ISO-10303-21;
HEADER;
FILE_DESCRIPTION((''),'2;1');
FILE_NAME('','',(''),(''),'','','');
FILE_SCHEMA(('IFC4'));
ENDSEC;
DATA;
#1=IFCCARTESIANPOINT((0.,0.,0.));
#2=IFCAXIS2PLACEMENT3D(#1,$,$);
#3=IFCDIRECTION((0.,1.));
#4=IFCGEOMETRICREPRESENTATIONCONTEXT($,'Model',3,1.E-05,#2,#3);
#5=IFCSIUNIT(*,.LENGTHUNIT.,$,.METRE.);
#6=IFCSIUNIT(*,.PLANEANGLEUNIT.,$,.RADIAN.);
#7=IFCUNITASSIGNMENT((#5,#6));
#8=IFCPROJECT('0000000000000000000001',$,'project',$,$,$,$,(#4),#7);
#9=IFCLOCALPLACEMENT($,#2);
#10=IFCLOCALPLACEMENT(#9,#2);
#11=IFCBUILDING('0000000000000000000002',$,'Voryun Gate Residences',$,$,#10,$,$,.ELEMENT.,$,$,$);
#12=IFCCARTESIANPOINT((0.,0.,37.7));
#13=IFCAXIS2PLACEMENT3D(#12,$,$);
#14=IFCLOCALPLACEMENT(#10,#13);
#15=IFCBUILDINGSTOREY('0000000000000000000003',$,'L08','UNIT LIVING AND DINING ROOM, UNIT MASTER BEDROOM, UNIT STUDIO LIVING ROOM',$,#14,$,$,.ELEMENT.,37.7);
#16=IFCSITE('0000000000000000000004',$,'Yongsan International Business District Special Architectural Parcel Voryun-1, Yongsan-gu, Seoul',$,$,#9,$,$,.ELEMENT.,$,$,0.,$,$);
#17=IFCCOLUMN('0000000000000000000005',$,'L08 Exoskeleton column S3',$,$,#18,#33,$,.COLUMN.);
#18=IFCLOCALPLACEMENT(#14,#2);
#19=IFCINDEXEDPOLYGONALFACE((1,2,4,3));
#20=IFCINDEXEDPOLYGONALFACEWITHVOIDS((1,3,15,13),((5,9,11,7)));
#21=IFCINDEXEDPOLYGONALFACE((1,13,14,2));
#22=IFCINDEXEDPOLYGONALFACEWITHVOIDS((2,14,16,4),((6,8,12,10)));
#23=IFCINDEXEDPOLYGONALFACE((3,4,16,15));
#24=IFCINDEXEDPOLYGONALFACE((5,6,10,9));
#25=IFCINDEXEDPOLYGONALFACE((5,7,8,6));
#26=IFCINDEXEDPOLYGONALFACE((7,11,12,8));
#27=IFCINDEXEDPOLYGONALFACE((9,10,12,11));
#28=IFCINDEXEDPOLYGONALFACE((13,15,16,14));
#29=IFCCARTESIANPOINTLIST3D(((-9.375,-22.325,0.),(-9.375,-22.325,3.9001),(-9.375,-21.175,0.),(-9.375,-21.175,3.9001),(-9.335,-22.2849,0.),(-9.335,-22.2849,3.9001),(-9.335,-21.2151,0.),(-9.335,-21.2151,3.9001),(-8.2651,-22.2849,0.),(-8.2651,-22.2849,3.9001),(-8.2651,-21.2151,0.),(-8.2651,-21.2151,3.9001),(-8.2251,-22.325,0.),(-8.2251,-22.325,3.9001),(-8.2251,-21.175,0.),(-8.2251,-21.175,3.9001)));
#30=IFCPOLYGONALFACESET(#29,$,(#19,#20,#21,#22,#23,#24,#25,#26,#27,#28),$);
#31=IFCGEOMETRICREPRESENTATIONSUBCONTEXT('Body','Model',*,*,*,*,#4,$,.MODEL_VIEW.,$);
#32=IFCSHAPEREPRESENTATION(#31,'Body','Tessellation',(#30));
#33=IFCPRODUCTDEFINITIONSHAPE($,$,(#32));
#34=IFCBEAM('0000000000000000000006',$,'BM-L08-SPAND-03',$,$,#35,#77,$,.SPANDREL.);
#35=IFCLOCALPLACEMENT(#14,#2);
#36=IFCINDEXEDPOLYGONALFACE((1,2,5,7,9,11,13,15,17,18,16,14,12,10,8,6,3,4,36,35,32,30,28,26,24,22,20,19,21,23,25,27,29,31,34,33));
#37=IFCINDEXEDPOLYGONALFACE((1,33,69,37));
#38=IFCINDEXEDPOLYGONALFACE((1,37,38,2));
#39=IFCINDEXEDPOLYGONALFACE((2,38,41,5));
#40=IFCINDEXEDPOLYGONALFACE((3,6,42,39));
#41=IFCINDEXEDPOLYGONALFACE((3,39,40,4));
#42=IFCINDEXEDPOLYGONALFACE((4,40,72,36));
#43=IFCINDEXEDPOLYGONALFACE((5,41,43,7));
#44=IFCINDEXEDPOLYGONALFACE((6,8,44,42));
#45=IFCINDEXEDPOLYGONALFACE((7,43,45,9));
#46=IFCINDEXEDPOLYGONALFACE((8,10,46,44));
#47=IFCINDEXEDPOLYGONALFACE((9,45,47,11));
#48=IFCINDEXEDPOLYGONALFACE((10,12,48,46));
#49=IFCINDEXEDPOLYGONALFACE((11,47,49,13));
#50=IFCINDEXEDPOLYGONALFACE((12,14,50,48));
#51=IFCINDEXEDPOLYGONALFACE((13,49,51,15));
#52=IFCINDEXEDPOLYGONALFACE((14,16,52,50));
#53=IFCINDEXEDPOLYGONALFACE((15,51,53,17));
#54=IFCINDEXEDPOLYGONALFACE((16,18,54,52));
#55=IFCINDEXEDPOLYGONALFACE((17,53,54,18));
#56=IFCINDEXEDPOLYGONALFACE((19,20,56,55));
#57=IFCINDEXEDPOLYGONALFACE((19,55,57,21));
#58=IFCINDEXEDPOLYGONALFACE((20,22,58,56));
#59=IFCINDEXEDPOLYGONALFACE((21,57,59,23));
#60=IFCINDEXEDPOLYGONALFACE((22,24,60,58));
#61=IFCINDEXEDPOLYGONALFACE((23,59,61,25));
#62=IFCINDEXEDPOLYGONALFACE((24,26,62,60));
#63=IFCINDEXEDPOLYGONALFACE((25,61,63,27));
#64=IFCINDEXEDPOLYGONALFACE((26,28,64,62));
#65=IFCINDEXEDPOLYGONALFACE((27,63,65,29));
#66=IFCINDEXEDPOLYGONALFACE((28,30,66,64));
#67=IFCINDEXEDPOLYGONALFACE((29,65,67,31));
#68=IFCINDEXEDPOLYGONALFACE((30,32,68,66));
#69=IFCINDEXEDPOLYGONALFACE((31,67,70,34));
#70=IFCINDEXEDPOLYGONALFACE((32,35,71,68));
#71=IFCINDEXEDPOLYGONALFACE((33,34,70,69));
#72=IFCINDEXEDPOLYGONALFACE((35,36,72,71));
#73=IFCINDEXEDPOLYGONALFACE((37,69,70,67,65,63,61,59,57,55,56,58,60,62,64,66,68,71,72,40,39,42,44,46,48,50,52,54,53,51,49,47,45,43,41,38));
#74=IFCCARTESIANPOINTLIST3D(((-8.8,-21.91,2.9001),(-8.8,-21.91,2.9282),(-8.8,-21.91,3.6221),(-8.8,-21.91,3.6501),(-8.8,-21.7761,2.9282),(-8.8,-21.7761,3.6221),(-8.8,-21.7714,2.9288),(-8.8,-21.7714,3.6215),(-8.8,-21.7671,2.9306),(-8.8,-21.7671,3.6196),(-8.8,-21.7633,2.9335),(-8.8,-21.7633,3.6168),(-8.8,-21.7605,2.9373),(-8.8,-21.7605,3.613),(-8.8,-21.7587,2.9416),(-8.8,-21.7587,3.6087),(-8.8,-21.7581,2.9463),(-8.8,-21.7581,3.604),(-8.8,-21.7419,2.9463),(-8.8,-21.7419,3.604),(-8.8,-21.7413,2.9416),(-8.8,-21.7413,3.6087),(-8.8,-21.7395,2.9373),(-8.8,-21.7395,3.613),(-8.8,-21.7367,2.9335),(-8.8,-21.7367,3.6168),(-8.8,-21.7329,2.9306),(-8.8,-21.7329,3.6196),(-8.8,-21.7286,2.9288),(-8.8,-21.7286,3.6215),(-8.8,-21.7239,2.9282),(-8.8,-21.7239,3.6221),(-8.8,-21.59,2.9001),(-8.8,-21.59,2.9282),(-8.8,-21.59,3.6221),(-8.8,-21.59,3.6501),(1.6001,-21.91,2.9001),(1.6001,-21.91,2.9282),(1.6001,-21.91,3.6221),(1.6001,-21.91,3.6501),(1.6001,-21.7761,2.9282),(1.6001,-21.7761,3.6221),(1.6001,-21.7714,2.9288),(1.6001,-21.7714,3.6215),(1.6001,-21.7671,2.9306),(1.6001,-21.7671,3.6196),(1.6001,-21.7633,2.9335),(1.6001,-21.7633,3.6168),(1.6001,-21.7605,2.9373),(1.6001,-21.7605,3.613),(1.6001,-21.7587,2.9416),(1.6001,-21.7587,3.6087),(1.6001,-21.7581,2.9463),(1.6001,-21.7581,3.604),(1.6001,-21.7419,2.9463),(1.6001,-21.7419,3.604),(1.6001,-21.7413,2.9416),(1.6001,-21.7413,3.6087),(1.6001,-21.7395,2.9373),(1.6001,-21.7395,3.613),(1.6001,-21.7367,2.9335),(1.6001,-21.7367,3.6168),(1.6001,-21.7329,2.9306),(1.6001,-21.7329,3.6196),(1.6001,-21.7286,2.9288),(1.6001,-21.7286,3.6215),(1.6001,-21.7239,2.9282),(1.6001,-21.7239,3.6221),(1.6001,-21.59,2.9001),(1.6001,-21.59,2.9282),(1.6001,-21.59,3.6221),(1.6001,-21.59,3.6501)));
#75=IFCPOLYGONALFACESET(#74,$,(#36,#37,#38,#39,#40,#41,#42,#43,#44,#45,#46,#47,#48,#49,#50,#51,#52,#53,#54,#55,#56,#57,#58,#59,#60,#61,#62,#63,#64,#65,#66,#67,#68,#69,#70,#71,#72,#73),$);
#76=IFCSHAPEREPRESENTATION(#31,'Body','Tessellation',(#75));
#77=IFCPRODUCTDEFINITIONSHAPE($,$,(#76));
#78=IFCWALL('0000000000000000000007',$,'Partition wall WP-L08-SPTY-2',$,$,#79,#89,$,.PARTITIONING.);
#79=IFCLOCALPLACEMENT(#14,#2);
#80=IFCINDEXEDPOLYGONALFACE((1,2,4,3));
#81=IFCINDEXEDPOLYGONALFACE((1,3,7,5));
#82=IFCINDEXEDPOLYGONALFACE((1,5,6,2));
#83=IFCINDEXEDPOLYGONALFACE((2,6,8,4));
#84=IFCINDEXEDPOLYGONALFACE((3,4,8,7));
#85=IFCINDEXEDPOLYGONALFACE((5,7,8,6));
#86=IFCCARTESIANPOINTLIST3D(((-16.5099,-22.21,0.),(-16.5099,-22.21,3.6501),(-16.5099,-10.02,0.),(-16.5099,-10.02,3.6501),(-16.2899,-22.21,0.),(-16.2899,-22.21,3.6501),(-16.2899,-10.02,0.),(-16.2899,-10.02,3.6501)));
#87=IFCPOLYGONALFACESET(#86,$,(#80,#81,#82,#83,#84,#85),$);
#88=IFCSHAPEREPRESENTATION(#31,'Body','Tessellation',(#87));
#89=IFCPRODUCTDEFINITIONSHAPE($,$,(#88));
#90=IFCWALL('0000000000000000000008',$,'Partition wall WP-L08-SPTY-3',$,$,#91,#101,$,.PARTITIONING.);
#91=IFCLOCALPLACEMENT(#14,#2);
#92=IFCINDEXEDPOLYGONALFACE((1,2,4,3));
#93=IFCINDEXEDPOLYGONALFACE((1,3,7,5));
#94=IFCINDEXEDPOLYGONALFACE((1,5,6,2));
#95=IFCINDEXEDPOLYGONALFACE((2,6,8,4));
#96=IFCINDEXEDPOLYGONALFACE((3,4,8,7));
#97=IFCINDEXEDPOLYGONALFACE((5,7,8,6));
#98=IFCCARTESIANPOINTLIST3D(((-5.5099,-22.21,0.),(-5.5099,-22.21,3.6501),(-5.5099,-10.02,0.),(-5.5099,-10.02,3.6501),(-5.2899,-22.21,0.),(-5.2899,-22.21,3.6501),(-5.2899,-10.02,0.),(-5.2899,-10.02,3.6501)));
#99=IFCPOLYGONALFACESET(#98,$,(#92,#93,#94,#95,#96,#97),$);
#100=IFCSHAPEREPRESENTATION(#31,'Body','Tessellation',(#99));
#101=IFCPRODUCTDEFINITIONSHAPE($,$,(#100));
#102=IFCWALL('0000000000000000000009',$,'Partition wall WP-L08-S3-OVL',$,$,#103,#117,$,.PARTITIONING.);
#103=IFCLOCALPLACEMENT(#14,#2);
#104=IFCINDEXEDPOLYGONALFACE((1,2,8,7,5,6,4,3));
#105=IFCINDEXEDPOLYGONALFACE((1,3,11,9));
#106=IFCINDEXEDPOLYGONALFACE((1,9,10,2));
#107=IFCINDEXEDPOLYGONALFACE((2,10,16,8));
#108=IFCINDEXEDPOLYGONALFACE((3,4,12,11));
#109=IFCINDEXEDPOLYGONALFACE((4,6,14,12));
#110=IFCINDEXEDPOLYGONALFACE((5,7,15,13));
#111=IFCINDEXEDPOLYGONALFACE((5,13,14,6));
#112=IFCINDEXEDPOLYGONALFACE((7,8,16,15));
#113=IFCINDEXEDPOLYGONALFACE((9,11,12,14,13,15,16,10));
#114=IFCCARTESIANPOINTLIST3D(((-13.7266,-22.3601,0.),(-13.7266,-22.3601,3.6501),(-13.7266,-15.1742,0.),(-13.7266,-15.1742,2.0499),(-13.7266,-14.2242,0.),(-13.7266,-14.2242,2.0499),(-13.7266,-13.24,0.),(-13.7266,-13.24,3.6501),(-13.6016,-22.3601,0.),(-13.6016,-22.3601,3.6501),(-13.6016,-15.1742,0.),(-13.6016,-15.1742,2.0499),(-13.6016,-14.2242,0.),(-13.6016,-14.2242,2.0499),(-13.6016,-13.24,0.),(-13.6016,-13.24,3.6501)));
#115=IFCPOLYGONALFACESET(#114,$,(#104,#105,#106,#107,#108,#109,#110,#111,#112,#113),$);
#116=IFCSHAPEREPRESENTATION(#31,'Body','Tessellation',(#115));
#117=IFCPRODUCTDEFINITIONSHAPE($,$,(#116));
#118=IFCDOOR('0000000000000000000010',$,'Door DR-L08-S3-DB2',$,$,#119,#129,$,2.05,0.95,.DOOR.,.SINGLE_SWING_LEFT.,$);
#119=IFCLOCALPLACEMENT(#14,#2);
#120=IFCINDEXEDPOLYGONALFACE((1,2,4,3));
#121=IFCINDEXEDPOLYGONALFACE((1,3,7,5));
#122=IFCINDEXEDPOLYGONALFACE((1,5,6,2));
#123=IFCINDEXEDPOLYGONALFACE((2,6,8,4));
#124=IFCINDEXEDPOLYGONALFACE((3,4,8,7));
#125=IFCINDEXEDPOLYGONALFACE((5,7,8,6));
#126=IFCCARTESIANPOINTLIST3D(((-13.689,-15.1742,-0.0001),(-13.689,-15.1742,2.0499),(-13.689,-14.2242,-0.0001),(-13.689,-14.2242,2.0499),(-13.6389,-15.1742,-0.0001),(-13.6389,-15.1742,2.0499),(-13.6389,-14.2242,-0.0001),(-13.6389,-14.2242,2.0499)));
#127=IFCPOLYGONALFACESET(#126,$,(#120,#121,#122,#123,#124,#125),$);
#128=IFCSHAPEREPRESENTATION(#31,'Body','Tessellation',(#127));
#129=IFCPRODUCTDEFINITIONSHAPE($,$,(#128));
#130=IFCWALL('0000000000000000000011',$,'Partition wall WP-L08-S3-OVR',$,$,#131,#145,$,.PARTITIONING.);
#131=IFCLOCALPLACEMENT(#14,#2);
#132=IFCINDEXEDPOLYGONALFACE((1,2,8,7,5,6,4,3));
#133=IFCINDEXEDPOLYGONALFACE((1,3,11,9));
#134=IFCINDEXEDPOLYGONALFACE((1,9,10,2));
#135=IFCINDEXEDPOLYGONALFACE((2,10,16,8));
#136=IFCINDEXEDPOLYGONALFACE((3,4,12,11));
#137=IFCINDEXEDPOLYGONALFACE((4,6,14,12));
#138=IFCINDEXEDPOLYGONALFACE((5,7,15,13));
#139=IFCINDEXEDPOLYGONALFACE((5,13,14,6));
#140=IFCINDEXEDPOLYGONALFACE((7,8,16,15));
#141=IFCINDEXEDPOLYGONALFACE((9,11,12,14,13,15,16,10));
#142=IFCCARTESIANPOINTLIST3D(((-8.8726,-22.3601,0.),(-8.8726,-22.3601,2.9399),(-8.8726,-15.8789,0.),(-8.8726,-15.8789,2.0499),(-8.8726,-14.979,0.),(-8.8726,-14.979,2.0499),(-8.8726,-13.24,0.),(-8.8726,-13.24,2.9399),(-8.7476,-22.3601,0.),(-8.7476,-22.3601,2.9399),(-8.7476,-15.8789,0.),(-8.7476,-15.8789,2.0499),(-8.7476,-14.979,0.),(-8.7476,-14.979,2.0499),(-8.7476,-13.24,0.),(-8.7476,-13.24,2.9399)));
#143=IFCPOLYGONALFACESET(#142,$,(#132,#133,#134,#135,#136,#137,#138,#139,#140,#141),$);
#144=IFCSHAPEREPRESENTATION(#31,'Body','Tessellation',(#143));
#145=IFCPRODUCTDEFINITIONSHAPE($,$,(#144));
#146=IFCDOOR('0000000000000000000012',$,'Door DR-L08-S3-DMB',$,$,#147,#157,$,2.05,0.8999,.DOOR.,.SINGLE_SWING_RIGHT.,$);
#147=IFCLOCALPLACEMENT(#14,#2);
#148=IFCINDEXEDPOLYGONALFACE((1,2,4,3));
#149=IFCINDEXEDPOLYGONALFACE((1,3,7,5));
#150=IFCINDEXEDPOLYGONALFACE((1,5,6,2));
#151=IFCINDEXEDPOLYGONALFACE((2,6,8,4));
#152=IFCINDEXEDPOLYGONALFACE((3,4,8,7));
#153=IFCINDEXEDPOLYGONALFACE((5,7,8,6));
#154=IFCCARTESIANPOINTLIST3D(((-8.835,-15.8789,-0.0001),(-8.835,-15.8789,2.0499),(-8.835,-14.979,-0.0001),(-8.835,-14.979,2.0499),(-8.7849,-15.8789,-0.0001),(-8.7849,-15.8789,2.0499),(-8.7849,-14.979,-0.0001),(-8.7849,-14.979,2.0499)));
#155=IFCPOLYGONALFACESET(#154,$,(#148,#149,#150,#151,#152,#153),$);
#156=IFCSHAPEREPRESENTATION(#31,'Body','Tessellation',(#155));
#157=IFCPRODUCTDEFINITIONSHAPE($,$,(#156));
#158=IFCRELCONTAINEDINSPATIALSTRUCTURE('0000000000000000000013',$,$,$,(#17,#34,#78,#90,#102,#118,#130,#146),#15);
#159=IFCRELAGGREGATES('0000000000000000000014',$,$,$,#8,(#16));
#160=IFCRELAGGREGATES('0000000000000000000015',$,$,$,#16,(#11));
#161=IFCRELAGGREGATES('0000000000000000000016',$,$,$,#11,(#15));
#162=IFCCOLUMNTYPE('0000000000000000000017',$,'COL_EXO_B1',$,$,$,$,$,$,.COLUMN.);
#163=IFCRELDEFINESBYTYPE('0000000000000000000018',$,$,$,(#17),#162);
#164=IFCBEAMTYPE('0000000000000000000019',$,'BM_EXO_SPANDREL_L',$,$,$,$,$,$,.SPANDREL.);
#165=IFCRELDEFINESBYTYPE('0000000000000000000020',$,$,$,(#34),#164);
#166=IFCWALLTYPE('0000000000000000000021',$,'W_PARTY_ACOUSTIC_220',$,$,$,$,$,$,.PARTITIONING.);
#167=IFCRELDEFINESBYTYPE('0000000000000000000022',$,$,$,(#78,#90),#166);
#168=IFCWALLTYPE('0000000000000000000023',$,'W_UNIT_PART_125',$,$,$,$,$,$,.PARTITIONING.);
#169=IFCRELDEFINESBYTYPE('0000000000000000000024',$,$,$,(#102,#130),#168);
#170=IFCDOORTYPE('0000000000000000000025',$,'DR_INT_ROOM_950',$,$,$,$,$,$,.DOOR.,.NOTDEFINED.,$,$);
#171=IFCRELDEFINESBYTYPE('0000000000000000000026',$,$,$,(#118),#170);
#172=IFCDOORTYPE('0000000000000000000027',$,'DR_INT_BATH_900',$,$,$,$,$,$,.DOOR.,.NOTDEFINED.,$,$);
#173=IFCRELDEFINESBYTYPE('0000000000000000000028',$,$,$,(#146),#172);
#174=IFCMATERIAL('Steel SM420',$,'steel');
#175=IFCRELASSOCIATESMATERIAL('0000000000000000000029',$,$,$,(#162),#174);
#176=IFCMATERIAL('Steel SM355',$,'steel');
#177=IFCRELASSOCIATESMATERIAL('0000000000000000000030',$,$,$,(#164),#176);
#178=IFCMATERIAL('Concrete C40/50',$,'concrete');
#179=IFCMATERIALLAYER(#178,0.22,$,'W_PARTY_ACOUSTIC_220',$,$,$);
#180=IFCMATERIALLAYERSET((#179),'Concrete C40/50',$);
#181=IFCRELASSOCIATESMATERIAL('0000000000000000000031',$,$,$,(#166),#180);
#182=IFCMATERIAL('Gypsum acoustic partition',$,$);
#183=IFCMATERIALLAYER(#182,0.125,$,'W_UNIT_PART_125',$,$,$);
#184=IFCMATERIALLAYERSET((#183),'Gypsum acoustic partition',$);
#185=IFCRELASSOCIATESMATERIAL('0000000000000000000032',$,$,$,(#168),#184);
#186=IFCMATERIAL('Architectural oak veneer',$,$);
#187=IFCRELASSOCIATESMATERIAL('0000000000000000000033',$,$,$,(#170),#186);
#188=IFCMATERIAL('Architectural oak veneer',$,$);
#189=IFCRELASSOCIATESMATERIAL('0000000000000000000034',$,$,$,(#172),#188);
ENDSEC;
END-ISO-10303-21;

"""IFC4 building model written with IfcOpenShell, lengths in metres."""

from ifc_helpers import new_model, si_unit, direction, frame, frame_2d, origin, origin_2d, place, context, subcontext, project, spatial, rectangle, hollow_rectangle, i_section, extrude, material, layer, layer_set, material_profile, profile_set, type_object, element, fill, save


model = new_model("IFC4")

# Units and contexts
model_context = context("Model", 3, precision=1e-05, world=origin(), true_north=direction((0.0, 1.0)))
body_context = subcontext(model_context, "Body", "Model", "MODEL_VIEW")
ifc_project = project(units=[si_unit("LENGTHUNIT", "METRE"), si_unit("PLANEANGLEUNIT", "RADIAN")], contexts=[model_context])

# Site, building, storey
site_placement = place(None, origin())
site = spatial("IfcSite", under=ifc_project, at=site_placement, Name="Yongsan International Business District Special Architectural Parcel Voryun-1, Yongsan-gu, Seoul", CompositionType="ELEMENT", RefElevation=0.0)
building_placement = place(site_placement, origin())
building = spatial("IfcBuilding", under=site, at=building_placement, Name="Voryun Gate Residences", CompositionType="ELEMENT")
storey_placement = place(building_placement, frame((0.0, 0.0, 37.7)))
storey = spatial("IfcBuildingStorey", under=building, at=storey_placement, Name="L08", Description="UNIT LIVING AND DINING ROOM, UNIT MASTER BEDROOM, UNIT STUDIO LIVING ROOM", CompositionType="ELEMENT", Elevation=37.7)

# Column
ifc_material_1 = material(Name="Steel SM420", Category="steel")
ifc_material_profile_1 = material_profile(ifc_material_1, hollow_rectangle(XDim=1.1499, YDim=1.1499, WallThickness=0.04, at=origin_2d()), Name="BOX-1150x1150x40")
ifc_profile_set_1 = profile_set([ifc_material_profile_1], Name="Steel SM420")
column_type = type_object("IfcColumnType", Name="COL_EXO_B1", PredefinedType="COLUMN", material=ifc_profile_set_1)
column_placement = place(storey_placement, frame((-8.8, -21.75, 0.0), z_axis=(0.0, 0.0, 1.0), x_axis=(1.0, 0.0, 0.0)))
element("IfcColumn", 1, at=column_placement, inside=storey, type_object=column_type, Name="L08 Exoskeleton column S3", PredefinedType="COLUMN", context=body_context, shape_type="SweptSolid", body=[
    extrude(hollow_rectangle(XDim=1.1499, YDim=1.1499, WallThickness=0.04, at=origin_2d()), origin(), (0.0, 0.0, 1.0), 3.9001),
])

# Beam
ifc_material_2 = material(Name="Steel SM355", Category="steel")
ifc_material_profile_2 = material_profile(ifc_material_2, i_section(OverallWidth=0.3201, OverallDepth=0.75, WebThickness=0.0161, FlangeThickness=0.0281, FilletRadius=0.0181, at=origin_2d()), Name="H-750x320x16x28")
ifc_profile_set_2 = profile_set([ifc_material_profile_2], Name="Steel SM355")
beam_type = type_object("IfcBeamType", Name="BM_EXO_SPANDREL_L", PredefinedType="SPANDREL", material=ifc_profile_set_2)
beam_placement = place(storey_placement, frame((-8.8, -21.75, 3.2751), z_axis=(1.0, 0.0, 0.0), x_axis=(0.0, 1.0, 0.0)))
element("IfcBeam", 2, at=beam_placement, inside=storey, type_object=beam_type, Name="BM-L08-SPAND-03", PredefinedType="SPANDREL", context=body_context, shape_type="SweptSolid", body=[
    extrude(i_section(OverallWidth=0.3201, OverallDepth=0.75, WebThickness=0.0161, FlangeThickness=0.0281, FilletRadius=0.0181, at=origin_2d()), origin(), (0.0, 0.0, 1.0), 10.4001),
])

# Walls
ifc_material_3 = material(Name="Concrete C40/50", Category="concrete")
ifc_layer_1 = layer(ifc_material_3, 0.22, Name="W_PARTY_ACOUSTIC_220")
ifc_layer_set_1 = layer_set([ifc_layer_1], Name="Concrete C40/50")
wall_type_1 = type_object("IfcWallType", Name="W_PARTY_ACOUSTIC_220", PredefinedType="PARTITIONING", material=ifc_layer_set_1)
for number, where, z_axis, x_axis, name in (
    (3, (-16.3999, -22.21, 0.0), (0.0, 0.0, 1.0), (0.0, 1.0, 0.0), "Partition wall WP-L08-SPTY-2"),
    (4, (-5.3999, -22.21, 0.0), (0.0, 0.0, 1.0), (0.0, 1.0, 0.0), "Partition wall WP-L08-SPTY-3"),
):
    element("IfcWall", number, at=place(storey_placement, frame(where, z_axis=z_axis, x_axis=x_axis)), inside=storey, type_object=wall_type_1, Name=name, PredefinedType="PARTITIONING", context=body_context, shape_type="SweptSolid", body=[
        extrude(rectangle(XDim=12.1899, YDim=0.22, at=frame_2d((6.095, 0.0))), origin(), (0.0, 0.0, 1.0), 3.6501),
    ])

# Walls, openings, doors
ifc_material_4 = material(Name="Gypsum acoustic partition")
ifc_layer_2 = layer(ifc_material_4, 0.125, Name="W_UNIT_PART_125")
ifc_layer_set_2 = layer_set([ifc_layer_2], Name="Gypsum acoustic partition")
wall_type_2 = type_object("IfcWallType", Name="W_UNIT_PART_125", PredefinedType="PARTITIONING", material=ifc_layer_set_2)
wall_1_placement = place(storey_placement, frame((-13.6641, -22.3601, 0.0), z_axis=(0.0, 0.0, 1.0), x_axis=(0.0, 1.0, 0.0)))
wall_1 = element("IfcWall", 5, at=wall_1_placement, inside=storey, type_object=wall_type_2, Name="Partition wall WP-L08-S3-OVL", PredefinedType="PARTITIONING", context=body_context, shape_type="SweptSolid", body=[
    extrude(rectangle(XDim=9.1201, YDim=0.125, at=frame_2d((4.5601, 0.0))), origin(), (0.0, 0.0, 1.0), 3.6501),
])
opening_1_placement = place(wall_1_placement, frame((7.1858, 0.0, 0.0)))
opening_1 = element("IfcOpeningElement", 6, at=opening_1_placement, cuts=wall_1, PredefinedType="OPENING", context=body_context, shape_type="SweptSolid", body=[
    extrude(rectangle(XDim=0.95, YDim=2.05, at=frame_2d((0.4751, 1.0249))), frame((0.0, 0.0725, 0.0), z_axis=(0.0, -1.0, 0.0), x_axis=(1.0, 0.0, 0.0)), (0.0, 0.0, 1.0), 0.145),
])
ifc_material_5 = material(Name="Architectural oak veneer")
door_type_1 = type_object("IfcDoorType", Name="DR_INT_ROOM_950", OperationType="NOTDEFINED", PredefinedType="DOOR", material=ifc_material_5)
door_1_placement = place(opening_1_placement, origin())
door_1 = element("IfcDoor", 7, at=door_1_placement, inside=storey, type_object=door_type_1, Name="Door DR-L08-S3-DB2", OperationType="SINGLE_SWING_LEFT", OverallHeight=2.05, OverallWidth=0.95, PredefinedType="DOOR", context=body_context, shape_type="SweptSolid", body=[
    extrude(rectangle(XDim=0.95, YDim=2.05, at=frame_2d((0.4751, 1.0249))), frame((0.0, 0.0249, 0.0), z_axis=(0.0, -1.0, 0.0), x_axis=(1.0, 0.0, 0.0)), (0.0, 0.0, 1.0), 0.05),
])
fill(opening_1, door_1)
wall_2_placement = place(storey_placement, frame((-8.8101, -22.3601, 0.0), z_axis=(0.0, 0.0, 1.0), x_axis=(0.0, 1.0, 0.0)))
wall_2 = element("IfcWall", 8, at=wall_2_placement, inside=storey, type_object=wall_type_2, Name="Partition wall WP-L08-S3-OVR", PredefinedType="PARTITIONING", context=body_context, shape_type="SweptSolid", body=[
    extrude(rectangle(XDim=9.1201, YDim=0.125, at=frame_2d((4.5601, 0.0))), origin(), (0.0, 0.0, 1.0), 2.9399),
])
opening_2_placement = place(wall_2_placement, frame((6.4812, 0.0, 0.0)))
opening_2 = element("IfcOpeningElement", 9, at=opening_2_placement, cuts=wall_2, PredefinedType="OPENING", context=body_context, shape_type="SweptSolid", body=[
    extrude(rectangle(XDim=0.8999, YDim=2.05, at=frame_2d((0.45, 1.0249))), frame((0.0, 0.0725, 0.0), z_axis=(0.0, -1.0, 0.0), x_axis=(1.0, 0.0, 0.0)), (0.0, 0.0, 1.0), 0.145),
])
ifc_material_6 = material(Name="Architectural oak veneer")
door_type_2 = type_object("IfcDoorType", Name="DR_INT_BATH_900", OperationType="NOTDEFINED", PredefinedType="DOOR", material=ifc_material_6)
door_2_placement = place(opening_2_placement, origin())
door_2 = element("IfcDoor", 10, at=door_2_placement, inside=storey, type_object=door_type_2, Name="Door DR-L08-S3-DMB", OperationType="SINGLE_SWING_RIGHT", OverallHeight=2.05, OverallWidth=0.8999, PredefinedType="DOOR", context=body_context, shape_type="SweptSolid", body=[
    extrude(rectangle(XDim=0.8999, YDim=2.05, at=frame_2d((0.45, 1.0249))), frame((0.0, 0.0249, 0.0), z_axis=(0.0, -1.0, 0.0), x_axis=(1.0, 0.0, 0.0)), (0.0, 0.0, 1.0), 0.05),
])
fill(opening_2, door_2)

save(model, "model.ifc")
